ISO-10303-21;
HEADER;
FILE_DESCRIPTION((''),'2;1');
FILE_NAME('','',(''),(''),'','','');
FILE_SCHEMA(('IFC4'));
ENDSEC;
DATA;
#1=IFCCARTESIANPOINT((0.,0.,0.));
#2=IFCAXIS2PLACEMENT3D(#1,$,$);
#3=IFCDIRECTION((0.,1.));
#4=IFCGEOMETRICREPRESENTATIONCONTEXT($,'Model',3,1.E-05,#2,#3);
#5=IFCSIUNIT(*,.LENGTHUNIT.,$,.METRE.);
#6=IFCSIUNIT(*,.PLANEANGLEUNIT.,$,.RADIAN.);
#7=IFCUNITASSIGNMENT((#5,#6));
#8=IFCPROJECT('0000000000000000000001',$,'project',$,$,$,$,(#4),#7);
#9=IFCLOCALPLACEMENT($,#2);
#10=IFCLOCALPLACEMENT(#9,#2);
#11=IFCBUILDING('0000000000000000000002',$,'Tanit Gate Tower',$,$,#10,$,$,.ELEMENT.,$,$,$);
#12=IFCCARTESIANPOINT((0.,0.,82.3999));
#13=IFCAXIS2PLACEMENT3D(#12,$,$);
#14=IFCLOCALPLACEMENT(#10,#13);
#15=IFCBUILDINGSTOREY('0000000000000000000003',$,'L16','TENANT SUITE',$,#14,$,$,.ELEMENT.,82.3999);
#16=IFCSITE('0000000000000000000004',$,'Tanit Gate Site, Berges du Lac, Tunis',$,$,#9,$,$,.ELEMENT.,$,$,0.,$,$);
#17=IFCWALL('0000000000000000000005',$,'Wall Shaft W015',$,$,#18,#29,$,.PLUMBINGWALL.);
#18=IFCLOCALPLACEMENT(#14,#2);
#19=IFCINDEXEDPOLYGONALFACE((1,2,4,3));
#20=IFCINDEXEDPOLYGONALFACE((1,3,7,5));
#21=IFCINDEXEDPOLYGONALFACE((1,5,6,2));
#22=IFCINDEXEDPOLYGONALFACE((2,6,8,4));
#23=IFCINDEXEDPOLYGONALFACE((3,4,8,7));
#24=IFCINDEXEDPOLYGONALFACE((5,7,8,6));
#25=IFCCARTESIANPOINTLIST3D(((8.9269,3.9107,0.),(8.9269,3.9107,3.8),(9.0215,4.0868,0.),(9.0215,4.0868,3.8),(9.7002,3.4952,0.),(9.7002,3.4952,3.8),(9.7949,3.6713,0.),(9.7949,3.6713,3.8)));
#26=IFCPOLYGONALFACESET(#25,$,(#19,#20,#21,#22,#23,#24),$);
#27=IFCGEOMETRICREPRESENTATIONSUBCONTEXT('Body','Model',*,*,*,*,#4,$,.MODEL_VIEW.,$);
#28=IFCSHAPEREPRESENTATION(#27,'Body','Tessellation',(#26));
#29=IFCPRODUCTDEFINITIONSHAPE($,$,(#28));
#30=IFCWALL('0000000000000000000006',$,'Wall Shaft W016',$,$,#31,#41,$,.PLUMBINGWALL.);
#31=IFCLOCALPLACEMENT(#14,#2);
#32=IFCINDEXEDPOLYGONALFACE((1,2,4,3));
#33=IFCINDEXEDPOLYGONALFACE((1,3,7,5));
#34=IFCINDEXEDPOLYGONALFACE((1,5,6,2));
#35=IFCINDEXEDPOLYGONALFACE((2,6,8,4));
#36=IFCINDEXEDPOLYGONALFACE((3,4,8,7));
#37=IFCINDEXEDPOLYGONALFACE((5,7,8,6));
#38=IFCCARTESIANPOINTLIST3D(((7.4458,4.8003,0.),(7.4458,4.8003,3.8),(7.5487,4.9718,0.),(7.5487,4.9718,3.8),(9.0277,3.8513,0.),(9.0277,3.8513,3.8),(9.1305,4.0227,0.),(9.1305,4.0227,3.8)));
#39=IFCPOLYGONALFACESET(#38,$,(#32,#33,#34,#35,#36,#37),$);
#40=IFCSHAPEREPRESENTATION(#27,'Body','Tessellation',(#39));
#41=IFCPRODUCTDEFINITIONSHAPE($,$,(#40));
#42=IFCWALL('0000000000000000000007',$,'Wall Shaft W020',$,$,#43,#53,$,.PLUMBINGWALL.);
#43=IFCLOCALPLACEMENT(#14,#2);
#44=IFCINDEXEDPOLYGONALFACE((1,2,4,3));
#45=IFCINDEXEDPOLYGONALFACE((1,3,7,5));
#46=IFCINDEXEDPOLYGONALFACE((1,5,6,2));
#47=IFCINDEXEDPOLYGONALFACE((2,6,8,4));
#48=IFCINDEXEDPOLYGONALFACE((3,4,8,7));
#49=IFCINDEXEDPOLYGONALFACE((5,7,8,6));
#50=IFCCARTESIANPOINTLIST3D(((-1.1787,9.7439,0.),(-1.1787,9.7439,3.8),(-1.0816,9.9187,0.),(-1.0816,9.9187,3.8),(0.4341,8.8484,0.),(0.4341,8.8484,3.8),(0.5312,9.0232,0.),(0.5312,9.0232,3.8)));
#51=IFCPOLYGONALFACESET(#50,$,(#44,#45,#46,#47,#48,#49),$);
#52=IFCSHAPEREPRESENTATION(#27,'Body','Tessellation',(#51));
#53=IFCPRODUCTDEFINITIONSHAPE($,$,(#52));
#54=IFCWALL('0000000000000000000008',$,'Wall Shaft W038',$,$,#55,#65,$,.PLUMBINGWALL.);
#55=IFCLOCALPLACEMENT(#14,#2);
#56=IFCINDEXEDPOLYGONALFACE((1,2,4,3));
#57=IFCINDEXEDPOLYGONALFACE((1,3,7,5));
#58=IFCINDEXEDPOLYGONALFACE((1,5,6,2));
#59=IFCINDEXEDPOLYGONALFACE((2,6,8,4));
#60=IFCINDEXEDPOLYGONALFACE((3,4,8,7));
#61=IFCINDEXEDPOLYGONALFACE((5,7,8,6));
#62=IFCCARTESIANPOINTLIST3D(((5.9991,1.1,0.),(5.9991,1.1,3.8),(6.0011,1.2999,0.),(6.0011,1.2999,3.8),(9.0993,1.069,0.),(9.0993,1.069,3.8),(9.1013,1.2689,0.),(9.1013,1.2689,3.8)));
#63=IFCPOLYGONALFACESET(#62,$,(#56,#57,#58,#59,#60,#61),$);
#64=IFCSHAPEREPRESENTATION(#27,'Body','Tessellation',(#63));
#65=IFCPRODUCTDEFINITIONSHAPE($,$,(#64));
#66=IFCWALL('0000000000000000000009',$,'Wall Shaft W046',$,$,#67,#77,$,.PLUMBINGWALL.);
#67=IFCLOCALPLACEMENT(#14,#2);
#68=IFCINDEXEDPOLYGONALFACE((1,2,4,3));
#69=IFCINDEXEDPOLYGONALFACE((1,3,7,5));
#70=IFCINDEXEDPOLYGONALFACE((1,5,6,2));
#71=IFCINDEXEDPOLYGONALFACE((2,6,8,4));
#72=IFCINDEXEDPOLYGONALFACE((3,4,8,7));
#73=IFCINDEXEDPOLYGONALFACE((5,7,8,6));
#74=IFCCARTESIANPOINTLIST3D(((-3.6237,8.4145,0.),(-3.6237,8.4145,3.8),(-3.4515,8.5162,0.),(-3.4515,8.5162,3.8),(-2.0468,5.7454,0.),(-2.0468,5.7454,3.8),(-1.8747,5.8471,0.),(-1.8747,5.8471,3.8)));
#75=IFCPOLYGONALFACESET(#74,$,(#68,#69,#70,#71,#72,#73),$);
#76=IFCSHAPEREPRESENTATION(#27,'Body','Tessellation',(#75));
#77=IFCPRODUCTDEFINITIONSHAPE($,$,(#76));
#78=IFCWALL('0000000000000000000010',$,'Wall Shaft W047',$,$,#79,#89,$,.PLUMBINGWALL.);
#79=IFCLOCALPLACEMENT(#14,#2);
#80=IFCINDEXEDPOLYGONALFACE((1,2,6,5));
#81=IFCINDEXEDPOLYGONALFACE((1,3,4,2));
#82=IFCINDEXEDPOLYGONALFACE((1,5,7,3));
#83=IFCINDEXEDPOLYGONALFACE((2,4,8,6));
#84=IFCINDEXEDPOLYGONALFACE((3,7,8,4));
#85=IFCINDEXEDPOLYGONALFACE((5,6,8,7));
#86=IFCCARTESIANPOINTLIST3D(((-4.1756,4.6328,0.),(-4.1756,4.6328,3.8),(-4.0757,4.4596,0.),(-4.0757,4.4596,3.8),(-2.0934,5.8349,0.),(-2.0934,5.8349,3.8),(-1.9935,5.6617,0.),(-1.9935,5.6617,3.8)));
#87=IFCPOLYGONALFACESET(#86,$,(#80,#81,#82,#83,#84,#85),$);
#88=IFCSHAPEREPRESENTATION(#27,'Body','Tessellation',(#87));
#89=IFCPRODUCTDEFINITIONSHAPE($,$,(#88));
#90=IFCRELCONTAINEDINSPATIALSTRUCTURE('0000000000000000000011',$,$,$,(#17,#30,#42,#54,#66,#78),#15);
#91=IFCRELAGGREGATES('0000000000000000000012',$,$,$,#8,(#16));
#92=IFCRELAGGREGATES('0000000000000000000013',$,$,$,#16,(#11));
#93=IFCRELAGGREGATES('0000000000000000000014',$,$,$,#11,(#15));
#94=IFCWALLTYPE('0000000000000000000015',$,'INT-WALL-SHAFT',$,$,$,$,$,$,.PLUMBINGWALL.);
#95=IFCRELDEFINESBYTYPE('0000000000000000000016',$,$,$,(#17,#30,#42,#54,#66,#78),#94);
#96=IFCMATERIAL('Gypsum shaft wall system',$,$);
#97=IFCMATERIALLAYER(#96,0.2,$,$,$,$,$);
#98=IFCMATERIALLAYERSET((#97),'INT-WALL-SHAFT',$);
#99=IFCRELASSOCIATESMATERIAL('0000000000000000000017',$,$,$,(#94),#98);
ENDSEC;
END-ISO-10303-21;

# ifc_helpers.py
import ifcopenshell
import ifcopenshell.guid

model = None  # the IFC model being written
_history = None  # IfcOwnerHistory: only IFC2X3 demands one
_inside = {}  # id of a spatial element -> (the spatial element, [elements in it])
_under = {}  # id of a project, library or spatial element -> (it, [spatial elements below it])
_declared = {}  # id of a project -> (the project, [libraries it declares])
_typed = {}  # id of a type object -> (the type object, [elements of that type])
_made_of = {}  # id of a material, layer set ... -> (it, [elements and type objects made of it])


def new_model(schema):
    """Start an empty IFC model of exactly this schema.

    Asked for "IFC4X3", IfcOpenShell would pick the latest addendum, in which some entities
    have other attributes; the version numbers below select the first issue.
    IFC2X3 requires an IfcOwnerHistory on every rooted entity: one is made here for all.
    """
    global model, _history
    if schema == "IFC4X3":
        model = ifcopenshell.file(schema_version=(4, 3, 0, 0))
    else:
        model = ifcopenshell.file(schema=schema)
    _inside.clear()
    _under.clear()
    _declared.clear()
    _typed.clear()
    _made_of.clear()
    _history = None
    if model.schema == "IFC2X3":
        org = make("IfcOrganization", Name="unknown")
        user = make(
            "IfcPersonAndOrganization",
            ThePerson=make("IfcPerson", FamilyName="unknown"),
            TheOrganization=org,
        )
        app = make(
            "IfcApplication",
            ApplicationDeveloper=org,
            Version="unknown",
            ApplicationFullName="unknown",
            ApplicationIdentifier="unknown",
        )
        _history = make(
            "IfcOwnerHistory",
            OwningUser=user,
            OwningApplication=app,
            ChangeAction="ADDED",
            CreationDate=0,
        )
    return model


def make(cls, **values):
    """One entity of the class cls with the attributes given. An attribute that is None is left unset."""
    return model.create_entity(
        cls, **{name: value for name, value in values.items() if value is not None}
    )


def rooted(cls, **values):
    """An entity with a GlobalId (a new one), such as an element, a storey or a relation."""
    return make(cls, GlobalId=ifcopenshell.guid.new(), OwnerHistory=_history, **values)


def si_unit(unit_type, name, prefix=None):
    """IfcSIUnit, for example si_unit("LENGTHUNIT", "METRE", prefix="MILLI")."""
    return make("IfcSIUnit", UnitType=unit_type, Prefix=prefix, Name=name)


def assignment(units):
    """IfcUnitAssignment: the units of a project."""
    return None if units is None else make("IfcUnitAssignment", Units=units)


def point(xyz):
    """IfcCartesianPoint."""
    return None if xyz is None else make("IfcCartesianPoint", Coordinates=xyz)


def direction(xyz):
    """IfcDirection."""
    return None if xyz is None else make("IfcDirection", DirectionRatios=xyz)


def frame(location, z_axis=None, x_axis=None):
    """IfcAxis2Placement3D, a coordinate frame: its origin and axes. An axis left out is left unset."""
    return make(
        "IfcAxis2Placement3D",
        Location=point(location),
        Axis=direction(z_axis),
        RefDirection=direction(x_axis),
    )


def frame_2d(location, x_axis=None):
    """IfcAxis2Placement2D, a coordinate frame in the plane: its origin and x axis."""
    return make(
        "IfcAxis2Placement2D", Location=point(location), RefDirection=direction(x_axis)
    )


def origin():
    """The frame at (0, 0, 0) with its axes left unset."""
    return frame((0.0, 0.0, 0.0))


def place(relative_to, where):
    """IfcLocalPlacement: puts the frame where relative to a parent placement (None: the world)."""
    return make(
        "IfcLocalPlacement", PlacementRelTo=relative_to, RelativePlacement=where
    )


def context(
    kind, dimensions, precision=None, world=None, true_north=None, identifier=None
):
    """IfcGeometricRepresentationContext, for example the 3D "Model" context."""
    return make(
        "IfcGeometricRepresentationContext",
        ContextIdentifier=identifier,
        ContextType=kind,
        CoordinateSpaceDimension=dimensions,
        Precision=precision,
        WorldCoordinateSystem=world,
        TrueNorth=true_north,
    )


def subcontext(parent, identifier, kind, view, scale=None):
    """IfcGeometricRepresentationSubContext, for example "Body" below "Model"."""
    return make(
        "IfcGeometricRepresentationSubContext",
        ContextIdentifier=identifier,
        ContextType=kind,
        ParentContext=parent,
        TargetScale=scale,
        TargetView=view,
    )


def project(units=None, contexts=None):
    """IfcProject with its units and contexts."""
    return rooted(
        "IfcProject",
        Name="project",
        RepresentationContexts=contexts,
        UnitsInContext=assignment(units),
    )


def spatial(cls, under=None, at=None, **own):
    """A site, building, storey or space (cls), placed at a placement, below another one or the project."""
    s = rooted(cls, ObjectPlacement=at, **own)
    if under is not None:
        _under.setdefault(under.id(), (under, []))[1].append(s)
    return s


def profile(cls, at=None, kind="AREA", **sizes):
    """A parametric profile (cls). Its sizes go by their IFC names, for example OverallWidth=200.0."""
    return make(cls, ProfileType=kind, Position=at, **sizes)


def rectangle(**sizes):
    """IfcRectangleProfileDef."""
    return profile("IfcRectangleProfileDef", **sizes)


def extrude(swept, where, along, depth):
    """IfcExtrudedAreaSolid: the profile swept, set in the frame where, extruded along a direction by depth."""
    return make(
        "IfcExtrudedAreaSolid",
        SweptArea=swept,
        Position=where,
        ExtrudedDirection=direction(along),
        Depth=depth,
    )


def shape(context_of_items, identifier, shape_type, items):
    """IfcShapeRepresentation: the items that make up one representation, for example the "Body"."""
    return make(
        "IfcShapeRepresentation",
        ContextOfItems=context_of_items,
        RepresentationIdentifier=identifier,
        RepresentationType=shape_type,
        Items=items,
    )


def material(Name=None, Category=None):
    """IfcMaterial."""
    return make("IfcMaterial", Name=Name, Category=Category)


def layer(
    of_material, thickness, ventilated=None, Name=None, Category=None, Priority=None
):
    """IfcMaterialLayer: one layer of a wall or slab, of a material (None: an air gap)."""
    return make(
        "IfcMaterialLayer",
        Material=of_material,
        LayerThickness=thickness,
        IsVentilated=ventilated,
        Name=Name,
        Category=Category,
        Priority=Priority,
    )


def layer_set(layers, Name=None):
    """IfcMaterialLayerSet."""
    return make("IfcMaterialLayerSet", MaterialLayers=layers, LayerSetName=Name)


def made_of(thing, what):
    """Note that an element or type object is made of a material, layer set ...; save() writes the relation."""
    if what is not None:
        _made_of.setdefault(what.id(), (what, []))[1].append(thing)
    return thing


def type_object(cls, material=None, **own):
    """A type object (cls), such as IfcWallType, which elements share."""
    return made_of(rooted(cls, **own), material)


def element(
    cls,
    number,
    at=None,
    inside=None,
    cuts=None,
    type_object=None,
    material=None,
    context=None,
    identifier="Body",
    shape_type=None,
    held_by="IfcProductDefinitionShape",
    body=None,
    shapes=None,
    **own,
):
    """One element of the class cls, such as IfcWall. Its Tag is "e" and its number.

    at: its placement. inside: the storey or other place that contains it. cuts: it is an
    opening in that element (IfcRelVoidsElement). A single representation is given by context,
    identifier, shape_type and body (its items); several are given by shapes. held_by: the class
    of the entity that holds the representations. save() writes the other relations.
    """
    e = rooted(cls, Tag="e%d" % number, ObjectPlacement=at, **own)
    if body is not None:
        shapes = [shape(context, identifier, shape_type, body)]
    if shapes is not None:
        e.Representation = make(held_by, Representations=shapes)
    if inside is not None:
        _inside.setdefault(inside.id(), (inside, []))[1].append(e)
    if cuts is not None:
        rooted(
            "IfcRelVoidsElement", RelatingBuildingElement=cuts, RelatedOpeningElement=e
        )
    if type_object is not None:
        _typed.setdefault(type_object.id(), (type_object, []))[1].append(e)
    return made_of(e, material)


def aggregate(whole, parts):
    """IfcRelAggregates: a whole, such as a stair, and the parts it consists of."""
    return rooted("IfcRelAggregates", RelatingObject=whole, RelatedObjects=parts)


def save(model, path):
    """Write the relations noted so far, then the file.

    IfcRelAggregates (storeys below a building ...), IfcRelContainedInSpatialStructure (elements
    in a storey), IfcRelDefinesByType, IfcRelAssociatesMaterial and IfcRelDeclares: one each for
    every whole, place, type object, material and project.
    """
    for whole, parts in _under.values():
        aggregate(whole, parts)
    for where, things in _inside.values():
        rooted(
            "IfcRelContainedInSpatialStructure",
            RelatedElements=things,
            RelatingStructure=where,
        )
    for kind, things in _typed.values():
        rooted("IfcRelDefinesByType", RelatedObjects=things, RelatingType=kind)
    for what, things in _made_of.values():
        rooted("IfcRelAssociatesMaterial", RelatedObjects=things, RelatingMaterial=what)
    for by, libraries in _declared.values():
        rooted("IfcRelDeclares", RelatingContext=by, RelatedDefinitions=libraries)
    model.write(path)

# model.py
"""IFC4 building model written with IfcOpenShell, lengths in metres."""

from ifc_helpers import new_model, si_unit, direction, frame, frame_2d, origin, place, context, subcontext, project, spatial, rectangle, extrude, material, layer, layer_set, type_object, element, save


model = new_model("IFC4")

# Units and contexts
model_context = context("Model", 3, precision=1e-05, world=origin(), true_north=direction((0.0, 1.0)))
body_context = subcontext(model_context, "Body", "Model", "MODEL_VIEW")
ifc_project = project(units=[si_unit("LENGTHUNIT", "METRE"), si_unit("PLANEANGLEUNIT", "RADIAN")], contexts=[model_context])

# Site, building, storey
site_placement = place(None, origin())
site = spatial("IfcSite", under=ifc_project, at=site_placement, Name="Tanit Gate Site, Berges du Lac, Tunis", CompositionType="ELEMENT", RefElevation=0.0)
building_placement = place(site_placement, origin())
building = spatial("IfcBuilding", under=site, at=building_placement, Name="Tanit Gate Tower", CompositionType="ELEMENT")
storey_placement = place(building_placement, frame((0.0, 0.0, 82.3999)))
storey = spatial("IfcBuildingStorey", under=building, at=storey_placement, Name="L16", Description="TENANT SUITE", CompositionType="ELEMENT", Elevation=82.3999)

# Walls
ifc_material_1 = material(Name="Gypsum shaft wall system")
ifc_layer_1 = layer(ifc_material_1, 0.2)
ifc_layer_set_1 = layer_set([ifc_layer_1], Name="INT-WALL-SHAFT")
wall_type_1 = type_object("IfcWallType", Name="INT-WALL-SHAFT", PredefinedType="PLUMBINGWALL", material=ifc_layer_set_1)
wall_1_placement = place(storey_placement, frame((9.7476, 3.5833, 0.0), z_axis=(0.0, 0.0, 1.0), x_axis=(-0.880917, 0.473271, 0.0)))
element("IfcWall", 1, at=wall_1_placement, inside=storey, type_object=wall_type_1, Name="Wall Shaft W015", PredefinedType="PLUMBINGWALL", context=body_context, shape_type="SweptSolid", body=[
    extrude(rectangle(XDim=0.8779, YDim=0.2, at=frame_2d((0.439, 0.0))), origin(), (0.0, 0.0, 1.0), 3.8),
])
for number, where, z_axis, x_axis, name in (
    (2, (9.0791, 3.937, 0.0), (0.0, 0.0, 1.0), (-0.857516, 0.514457, 0.0), "Wall Shaft W016"),
    (3, (0.4827, 8.9358, 0.0), (0.0, 0.0, 1.0), (-0.87427, 0.485441, 0.0), "Wall Shaft W020"),
):
    element("IfcWall", number, at=place(storey_placement, frame(where, z_axis=z_axis, x_axis=x_axis)), inside=storey, type_object=wall_type_1, Name=name, PredefinedType="PLUMBINGWALL", context=body_context, shape_type="SweptSolid", body=[
        extrude(rectangle(XDim=1.8447, YDim=0.2, at=frame_2d((0.9224, 0.0))), origin(), (0.0, 0.0, 1.0), 3.8),
    ])

# Walls
wall_2_placement = place(storey_placement, frame((6.0, 1.2, 0.0), z_axis=(0.0, 0.0, 1.0), x_axis=(0.99995, -0.010001, 0.0)))
element("IfcWall", 4, at=wall_2_placement, inside=storey, type_object=wall_type_1, Name="Wall Shaft W038", PredefinedType="PLUMBINGWALL", context=body_context, shape_type="SweptSolid", body=[
    extrude(rectangle(XDim=3.1003, YDim=0.2, at=frame_2d((1.5503, 0.0))), origin(), (0.0, 0.0, 1.0), 3.8),
])
wall_3_placement = place(storey_placement, frame((-3.5376, 8.4653, 0.0), z_axis=(0.0, 0.0, 1.0), x_axis=(0.508647, -0.860975, 0.0)))
element("IfcWall", 5, at=wall_3_placement, inside=storey, type_object=wall_type_1, Name="Wall Shaft W046", PredefinedType="PLUMBINGWALL", context=body_context, shape_type="SweptSolid", body=[
    extrude(rectangle(XDim=3.1001, YDim=0.2, at=frame_2d((1.55, 0.0))), origin(), (0.0, 0.0, 1.0), 3.8),
])
wall_4_placement = place(storey_placement, frame((-2.0435, 5.7483, 0.0), z_axis=(0.0, 0.0, 1.0), x_axis=(-0.866035, -0.499983, 0.0)))
element("IfcWall", 6, at=wall_4_placement, inside=storey, type_object=wall_type_1, Name="Wall Shaft W047", PredefinedType="PLUMBINGWALL", context=body_context, shape_type="SweptSolid", body=[
    extrude(rectangle(XDim=2.4043, YDim=0.2, at=frame_2d((1.2021, 0.0))), origin(), (0.0, 0.0, 1.0), 3.8),
])

save(model, "model.ifc")
